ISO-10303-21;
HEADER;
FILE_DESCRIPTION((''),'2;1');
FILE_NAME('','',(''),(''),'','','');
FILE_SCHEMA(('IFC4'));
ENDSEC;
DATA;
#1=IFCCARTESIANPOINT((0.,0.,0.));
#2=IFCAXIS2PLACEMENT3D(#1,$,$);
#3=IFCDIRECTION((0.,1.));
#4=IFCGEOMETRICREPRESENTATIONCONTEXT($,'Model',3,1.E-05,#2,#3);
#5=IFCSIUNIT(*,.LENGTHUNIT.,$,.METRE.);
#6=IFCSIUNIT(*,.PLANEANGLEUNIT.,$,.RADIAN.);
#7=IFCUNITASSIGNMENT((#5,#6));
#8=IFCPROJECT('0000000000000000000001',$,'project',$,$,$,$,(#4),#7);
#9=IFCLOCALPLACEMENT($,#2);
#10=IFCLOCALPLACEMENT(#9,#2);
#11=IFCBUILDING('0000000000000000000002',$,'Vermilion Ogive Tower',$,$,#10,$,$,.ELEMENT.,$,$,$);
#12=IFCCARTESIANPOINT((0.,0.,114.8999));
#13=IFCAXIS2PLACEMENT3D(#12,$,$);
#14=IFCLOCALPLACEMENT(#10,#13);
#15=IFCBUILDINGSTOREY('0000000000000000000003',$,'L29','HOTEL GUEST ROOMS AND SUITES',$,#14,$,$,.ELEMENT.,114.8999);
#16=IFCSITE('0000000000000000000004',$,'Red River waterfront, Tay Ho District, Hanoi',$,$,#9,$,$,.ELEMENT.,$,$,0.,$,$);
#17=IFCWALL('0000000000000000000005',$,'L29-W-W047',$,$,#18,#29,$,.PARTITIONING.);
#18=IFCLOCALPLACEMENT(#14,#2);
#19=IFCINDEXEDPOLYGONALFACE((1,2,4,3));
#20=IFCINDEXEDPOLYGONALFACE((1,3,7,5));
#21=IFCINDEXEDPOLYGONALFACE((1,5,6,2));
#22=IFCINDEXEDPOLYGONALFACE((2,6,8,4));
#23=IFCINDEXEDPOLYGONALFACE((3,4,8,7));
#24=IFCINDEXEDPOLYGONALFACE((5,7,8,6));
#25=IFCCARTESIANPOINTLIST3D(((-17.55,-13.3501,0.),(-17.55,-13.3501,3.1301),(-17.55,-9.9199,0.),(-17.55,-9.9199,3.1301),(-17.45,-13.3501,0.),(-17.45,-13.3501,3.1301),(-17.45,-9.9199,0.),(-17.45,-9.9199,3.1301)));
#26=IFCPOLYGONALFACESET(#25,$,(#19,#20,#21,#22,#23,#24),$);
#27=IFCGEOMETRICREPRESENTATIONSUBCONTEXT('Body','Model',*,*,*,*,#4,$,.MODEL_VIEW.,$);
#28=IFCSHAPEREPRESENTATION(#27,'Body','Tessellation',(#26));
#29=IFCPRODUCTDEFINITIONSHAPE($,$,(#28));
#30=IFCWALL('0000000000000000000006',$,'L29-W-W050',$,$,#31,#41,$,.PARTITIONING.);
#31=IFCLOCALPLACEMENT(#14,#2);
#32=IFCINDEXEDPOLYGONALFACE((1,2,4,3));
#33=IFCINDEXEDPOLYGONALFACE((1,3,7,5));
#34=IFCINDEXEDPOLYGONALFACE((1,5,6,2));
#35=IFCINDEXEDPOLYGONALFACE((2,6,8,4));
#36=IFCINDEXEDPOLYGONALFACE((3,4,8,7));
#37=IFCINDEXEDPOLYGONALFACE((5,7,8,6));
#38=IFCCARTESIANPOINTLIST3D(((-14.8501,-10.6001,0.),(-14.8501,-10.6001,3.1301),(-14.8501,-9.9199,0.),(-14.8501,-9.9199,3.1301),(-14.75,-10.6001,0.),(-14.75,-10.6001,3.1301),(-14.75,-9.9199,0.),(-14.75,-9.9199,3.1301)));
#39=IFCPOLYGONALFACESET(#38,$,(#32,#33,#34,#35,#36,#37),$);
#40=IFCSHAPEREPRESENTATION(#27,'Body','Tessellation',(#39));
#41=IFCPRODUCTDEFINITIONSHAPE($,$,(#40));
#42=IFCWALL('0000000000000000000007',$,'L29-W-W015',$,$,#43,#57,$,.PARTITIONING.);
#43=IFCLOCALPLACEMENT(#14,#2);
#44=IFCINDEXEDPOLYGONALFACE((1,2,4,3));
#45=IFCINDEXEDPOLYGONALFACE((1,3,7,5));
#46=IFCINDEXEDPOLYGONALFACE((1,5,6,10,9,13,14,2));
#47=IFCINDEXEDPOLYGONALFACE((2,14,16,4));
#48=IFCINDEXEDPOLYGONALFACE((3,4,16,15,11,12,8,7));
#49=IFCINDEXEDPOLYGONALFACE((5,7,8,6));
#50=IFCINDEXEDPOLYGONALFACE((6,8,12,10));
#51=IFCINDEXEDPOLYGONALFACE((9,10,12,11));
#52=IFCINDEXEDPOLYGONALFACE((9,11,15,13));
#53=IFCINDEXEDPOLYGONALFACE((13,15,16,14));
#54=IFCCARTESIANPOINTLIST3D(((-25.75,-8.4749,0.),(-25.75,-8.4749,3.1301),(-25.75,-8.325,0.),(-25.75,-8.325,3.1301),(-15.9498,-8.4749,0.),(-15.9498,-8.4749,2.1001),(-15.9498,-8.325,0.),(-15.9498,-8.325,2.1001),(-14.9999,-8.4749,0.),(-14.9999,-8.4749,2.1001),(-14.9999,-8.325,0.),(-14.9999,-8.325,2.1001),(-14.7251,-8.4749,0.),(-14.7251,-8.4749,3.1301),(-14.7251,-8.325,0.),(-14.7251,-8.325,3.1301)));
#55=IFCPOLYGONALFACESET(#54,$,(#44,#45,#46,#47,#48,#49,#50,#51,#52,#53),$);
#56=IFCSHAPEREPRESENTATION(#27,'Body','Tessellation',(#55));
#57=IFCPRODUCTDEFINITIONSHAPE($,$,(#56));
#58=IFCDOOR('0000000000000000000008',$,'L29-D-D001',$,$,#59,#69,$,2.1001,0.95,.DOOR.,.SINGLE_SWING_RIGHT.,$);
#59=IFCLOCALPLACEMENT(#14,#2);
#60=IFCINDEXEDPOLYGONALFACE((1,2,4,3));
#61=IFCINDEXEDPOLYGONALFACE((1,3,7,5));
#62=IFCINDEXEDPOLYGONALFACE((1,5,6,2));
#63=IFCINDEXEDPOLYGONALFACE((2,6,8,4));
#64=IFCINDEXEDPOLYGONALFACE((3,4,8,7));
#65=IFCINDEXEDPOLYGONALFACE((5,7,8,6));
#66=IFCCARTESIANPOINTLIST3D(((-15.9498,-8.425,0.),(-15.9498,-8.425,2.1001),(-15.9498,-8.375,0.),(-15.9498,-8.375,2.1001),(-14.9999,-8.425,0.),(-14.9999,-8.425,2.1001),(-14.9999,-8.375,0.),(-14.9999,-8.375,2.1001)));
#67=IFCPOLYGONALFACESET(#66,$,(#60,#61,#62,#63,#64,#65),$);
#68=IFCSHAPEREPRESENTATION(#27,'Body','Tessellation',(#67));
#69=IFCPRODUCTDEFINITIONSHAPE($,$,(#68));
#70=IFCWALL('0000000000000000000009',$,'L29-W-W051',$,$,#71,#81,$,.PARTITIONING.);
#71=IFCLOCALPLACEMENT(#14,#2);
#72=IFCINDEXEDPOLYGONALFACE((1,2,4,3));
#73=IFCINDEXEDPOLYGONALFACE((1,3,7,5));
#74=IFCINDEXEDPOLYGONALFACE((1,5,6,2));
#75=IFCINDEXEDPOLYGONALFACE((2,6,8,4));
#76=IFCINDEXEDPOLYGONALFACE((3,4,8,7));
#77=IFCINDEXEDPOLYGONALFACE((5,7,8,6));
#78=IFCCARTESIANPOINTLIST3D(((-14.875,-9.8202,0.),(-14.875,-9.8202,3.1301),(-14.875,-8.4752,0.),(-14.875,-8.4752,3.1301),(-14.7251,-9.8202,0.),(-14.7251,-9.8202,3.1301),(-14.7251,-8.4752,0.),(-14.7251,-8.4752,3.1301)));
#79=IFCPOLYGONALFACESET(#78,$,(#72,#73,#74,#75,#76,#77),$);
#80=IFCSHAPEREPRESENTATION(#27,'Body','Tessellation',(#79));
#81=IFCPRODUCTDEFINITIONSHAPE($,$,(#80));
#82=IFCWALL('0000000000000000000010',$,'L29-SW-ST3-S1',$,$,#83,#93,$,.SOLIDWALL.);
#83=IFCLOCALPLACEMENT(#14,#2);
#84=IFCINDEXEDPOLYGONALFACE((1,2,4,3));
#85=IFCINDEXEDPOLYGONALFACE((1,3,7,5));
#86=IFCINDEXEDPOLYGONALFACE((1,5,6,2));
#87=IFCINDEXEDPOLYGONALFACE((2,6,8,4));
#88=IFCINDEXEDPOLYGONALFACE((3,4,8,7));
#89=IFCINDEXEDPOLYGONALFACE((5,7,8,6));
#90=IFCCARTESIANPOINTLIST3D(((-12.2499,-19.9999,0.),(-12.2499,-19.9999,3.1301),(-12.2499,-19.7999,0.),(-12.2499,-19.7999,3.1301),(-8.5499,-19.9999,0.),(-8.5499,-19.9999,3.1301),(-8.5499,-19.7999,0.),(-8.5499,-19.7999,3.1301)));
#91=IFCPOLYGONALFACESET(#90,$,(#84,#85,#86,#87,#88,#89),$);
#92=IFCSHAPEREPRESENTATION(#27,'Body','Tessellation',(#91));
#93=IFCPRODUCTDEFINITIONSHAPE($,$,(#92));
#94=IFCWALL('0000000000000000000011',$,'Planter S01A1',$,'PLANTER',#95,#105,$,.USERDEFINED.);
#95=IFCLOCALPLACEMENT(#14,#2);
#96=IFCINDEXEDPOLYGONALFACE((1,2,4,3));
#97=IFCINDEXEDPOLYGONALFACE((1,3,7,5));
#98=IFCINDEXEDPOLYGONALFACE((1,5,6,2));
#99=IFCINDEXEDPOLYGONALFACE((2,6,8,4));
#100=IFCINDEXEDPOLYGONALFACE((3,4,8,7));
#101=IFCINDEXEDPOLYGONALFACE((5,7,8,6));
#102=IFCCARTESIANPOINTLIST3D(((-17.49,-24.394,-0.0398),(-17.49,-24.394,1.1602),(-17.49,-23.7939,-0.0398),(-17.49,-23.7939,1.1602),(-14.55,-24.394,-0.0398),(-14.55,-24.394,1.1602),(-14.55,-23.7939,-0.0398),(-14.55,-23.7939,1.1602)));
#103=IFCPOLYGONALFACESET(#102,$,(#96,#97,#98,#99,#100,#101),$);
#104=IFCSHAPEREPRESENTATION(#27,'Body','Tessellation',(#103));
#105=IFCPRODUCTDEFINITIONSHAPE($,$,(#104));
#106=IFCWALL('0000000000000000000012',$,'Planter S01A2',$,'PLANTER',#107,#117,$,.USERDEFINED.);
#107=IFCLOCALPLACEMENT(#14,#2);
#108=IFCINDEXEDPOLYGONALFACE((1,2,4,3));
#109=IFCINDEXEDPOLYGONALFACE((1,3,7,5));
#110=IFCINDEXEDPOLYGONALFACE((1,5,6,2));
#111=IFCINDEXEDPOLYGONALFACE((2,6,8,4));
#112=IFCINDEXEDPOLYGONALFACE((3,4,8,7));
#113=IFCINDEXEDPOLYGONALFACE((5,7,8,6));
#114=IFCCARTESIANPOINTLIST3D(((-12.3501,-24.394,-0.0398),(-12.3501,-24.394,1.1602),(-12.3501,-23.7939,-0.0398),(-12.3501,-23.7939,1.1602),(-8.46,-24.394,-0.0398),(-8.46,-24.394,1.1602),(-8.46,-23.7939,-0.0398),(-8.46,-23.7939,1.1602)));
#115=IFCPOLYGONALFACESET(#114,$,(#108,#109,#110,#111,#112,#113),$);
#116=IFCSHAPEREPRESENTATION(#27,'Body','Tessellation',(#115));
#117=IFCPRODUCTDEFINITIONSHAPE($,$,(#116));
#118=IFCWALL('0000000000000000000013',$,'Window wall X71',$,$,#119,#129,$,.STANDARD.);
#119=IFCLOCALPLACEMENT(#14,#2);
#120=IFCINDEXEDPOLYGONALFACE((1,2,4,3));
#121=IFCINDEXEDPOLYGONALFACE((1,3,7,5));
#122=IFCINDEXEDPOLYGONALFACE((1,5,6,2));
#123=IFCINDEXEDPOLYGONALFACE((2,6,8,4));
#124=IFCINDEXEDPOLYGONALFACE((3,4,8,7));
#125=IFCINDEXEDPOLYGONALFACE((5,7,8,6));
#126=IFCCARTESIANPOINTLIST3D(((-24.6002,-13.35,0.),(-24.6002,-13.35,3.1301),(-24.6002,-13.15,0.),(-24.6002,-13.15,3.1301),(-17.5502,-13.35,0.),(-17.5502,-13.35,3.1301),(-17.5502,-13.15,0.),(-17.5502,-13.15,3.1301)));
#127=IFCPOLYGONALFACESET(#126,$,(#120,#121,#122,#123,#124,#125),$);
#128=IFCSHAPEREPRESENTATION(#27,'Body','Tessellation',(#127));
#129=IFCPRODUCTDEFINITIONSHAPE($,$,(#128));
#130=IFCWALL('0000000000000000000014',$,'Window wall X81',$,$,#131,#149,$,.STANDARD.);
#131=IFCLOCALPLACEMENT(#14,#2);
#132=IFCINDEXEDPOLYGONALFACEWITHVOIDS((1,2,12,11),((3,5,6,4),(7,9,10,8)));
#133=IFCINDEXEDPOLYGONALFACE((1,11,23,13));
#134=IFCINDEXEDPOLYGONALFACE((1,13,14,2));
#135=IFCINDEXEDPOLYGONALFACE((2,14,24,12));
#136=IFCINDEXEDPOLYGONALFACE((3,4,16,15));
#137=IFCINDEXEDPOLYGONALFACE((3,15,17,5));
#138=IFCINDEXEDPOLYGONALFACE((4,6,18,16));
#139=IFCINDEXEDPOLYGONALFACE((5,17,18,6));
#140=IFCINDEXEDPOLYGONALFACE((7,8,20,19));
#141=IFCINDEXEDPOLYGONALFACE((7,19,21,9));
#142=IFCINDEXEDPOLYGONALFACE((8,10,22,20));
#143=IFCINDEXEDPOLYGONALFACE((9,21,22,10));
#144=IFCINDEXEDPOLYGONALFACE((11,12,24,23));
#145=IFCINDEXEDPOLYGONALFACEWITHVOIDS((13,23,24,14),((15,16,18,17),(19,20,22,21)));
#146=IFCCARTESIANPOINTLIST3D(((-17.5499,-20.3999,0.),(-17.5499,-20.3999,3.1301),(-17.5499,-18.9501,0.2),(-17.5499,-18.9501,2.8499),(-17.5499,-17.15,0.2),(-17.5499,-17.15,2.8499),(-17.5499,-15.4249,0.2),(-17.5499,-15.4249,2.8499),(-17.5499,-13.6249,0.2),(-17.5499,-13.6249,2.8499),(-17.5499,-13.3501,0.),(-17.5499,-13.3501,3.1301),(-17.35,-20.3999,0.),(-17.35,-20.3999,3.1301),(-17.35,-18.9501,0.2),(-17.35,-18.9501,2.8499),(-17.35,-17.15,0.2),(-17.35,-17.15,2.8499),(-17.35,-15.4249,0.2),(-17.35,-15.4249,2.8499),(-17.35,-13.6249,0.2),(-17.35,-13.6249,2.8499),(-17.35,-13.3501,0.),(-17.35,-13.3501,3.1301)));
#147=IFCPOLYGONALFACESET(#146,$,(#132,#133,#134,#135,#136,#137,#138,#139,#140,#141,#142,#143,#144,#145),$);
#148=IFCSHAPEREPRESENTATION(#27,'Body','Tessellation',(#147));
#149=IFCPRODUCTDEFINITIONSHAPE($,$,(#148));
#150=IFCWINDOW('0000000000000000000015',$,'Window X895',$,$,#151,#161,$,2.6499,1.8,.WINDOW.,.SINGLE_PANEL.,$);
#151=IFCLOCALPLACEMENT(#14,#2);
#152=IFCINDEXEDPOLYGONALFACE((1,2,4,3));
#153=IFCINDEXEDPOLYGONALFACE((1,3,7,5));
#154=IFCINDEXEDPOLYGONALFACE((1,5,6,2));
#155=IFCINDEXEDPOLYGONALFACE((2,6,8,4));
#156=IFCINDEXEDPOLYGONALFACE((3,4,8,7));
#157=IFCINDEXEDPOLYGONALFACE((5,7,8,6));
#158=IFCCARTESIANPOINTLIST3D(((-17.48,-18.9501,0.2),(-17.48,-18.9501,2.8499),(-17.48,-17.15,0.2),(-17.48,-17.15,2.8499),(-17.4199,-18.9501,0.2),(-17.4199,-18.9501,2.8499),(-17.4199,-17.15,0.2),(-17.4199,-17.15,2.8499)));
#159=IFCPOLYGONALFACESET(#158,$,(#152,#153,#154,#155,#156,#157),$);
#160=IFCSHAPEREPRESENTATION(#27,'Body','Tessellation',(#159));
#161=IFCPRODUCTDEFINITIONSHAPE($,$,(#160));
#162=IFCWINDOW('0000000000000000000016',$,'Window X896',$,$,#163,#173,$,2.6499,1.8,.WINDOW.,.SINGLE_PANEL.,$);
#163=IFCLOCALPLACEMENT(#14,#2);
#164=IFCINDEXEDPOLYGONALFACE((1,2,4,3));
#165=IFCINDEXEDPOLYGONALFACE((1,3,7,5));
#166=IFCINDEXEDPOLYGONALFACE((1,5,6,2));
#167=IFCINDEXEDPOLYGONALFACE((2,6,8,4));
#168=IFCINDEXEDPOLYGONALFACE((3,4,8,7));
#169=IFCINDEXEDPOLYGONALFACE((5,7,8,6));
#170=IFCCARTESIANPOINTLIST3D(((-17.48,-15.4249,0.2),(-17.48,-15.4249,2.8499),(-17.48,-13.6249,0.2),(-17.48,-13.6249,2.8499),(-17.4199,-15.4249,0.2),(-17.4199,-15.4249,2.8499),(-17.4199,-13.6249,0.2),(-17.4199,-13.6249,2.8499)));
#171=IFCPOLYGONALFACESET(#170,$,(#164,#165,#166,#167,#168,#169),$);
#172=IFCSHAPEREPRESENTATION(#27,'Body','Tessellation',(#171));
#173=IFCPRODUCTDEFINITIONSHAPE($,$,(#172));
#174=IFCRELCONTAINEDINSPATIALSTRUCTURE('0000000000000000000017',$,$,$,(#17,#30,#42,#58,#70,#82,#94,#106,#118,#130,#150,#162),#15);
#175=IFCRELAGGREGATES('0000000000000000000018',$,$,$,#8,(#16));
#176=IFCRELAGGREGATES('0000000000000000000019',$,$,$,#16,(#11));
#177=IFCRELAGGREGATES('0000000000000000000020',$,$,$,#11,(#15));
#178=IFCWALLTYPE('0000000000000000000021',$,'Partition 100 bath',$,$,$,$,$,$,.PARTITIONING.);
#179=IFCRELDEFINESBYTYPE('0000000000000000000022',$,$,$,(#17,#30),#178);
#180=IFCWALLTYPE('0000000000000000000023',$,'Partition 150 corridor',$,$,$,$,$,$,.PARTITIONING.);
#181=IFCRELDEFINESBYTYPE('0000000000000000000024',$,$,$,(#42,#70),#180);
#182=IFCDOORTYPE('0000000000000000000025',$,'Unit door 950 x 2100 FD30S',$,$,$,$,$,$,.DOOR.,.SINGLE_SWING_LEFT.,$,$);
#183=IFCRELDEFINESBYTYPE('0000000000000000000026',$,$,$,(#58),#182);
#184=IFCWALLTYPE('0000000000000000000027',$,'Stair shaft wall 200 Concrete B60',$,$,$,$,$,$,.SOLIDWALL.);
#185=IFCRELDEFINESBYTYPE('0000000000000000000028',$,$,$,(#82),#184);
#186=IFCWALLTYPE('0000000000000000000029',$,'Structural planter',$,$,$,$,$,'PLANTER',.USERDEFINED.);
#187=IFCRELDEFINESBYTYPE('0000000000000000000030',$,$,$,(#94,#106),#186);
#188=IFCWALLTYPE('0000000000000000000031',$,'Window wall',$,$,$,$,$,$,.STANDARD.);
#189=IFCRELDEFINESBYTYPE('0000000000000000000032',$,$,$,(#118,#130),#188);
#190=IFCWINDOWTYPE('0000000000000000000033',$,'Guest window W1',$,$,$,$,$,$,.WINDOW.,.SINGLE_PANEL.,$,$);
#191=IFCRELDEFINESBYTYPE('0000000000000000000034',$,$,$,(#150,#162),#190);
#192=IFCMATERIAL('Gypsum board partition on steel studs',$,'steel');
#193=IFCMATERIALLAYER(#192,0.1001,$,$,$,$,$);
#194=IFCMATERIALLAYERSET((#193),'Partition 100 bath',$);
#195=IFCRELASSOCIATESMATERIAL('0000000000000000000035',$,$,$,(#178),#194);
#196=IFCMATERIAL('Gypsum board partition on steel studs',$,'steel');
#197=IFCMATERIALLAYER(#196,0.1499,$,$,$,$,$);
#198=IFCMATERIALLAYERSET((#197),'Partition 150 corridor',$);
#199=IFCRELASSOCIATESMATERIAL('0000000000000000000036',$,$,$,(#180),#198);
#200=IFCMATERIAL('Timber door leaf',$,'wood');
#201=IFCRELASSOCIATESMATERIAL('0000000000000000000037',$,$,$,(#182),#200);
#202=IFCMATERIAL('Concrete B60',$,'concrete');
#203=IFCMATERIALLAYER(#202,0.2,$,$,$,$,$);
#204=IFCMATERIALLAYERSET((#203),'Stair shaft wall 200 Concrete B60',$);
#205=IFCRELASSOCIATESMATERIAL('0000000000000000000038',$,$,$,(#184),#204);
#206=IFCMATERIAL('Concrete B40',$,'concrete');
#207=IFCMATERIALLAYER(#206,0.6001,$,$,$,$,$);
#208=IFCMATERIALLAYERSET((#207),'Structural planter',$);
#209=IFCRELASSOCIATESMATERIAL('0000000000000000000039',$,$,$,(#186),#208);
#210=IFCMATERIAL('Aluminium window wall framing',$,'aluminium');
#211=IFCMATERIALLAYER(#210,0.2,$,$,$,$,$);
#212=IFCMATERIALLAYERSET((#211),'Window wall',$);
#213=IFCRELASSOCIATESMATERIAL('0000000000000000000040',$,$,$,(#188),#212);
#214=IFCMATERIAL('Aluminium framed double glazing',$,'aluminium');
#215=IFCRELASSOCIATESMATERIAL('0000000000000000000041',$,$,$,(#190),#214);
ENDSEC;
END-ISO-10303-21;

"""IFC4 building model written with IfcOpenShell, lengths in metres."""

from ifc_helpers import new_model, si_unit, direction, frame, frame_2d, origin, place, context, subcontext, project, spatial, rectangle, extrude, material, layer, layer_set, type_object, element, fill, save


model = new_model("IFC4")

# Units and contexts
model_context = context("Model", 3, precision=1e-05, world=origin(), true_north=direction((0.0, 1.0)))
body_context = subcontext(model_context, "Body", "Model", "MODEL_VIEW")
ifc_project = project(units=[si_unit("LENGTHUNIT", "METRE"), si_unit("PLANEANGLEUNIT", "RADIAN")], contexts=[model_context])

# Site, building, storey
site_placement = place(None, origin())
site = spatial("IfcSite", under=ifc_project, at=site_placement, Name="Red River waterfront, Tay Ho District, Hanoi", CompositionType="ELEMENT", RefElevation=0.0)
building_placement = place(site_placement, origin())
building = spatial("IfcBuilding", under=site, at=building_placement, Name="Vermilion Ogive Tower", CompositionType="ELEMENT")
storey_placement = place(building_placement, frame((0.0, 0.0, 114.8999)))
storey = spatial("IfcBuildingStorey", under=building, at=storey_placement, Name="L29", Description="HOTEL GUEST ROOMS AND SUITES", CompositionType="ELEMENT", Elevation=114.8999)

# Shared definitions
ifc_material_1 = material(Name="Gypsum board partition on steel studs", Category="steel")
ifc_layer_1 = layer(ifc_material_1, 0.1001)
ifc_layer_set_1 = layer_set([ifc_layer_1], Name="Partition 100 bath")
wall_type_1 = type_object("IfcWallType", Name="Partition 100 bath", PredefinedType="PARTITIONING", material=ifc_layer_set_1)

# Walls
wall_1_placement = place(storey_placement, frame((-17.5, -13.3501, 0.0), z_axis=(0.0, 0.0, 1.0), x_axis=(0.0, 1.0, 0.0)))
element("IfcWall", 1, at=wall_1_placement, inside=storey, type_object=wall_type_1, Name="L29-W-W047", PredefinedType="PARTITIONING", context=body_context, shape_type="SweptSolid", body=[
    extrude(rectangle(XDim=3.4302, YDim=0.1001, at=frame_2d((1.7151, 0.0))), origin(), (0.0, 0.0, 1.0), 3.1301),
])
wall_2_placement = place(storey_placement, frame((-14.8, -10.6001, 0.0), z_axis=(0.0, 0.0, 1.0), x_axis=(0.0, 1.0, 0.0)))
element("IfcWall", 2, at=wall_2_placement, inside=storey, type_object=wall_type_1, Name="L29-W-W050", PredefinedType="PARTITIONING", context=body_context, shape_type="SweptSolid", body=[
    extrude(rectangle(XDim=0.6802, YDim=0.1001, at=frame_2d((0.3401, 0.0))), origin(), (0.0, 0.0, 1.0), 3.1301),
])

# Wall, opening, door
ifc_material_2 = material(Name="Gypsum board partition on steel studs", Category="steel")
ifc_layer_2 = layer(ifc_material_2, 0.1499)
ifc_layer_set_2 = layer_set([ifc_layer_2], Name="Partition 150 corridor")
wall_type_2 = type_object("IfcWallType", Name="Partition 150 corridor", PredefinedType="PARTITIONING", material=ifc_layer_set_2)
wall_3_placement = place(storey_placement, frame((-25.75, -8.3999, 0.0), z_axis=(0.0, 0.0, 1.0), x_axis=(1.0, 0.0, 0.0)))
wall_3 = element("IfcWall", 3, at=wall_3_placement, inside=storey, type_object=wall_type_2, Name="L29-W-W015", PredefinedType="PARTITIONING", context=body_context, shape_type="SweptSolid", body=[
    extrude(rectangle(XDim=11.0249, YDim=0.1499, at=frame_2d((5.5125, 0.0))), origin(), (0.0, 0.0, 1.0), 3.1301),
])
opening_1_placement = place(wall_3_placement, frame((9.8, 0.0, 0.0)))
opening_1 = element("IfcOpeningElement", 4, at=opening_1_placement, cuts=wall_3, PredefinedType="OPENING", context=body_context, shape_type="SweptSolid", body=[
    extrude(rectangle(XDim=0.95, YDim=2.1001, at=frame_2d((0.4751, 1.05))), frame((0.0, 0.085, 0.0), z_axis=(0.0, -1.0, 0.0), x_axis=(1.0, 0.0, 0.0)), (0.0, 0.0, 1.0), 0.1699),
])
ifc_material_3 = material(Name="Timber door leaf", Category="wood")
door_type_1 = type_object("IfcDoorType", Name="Unit door 950 x 2100 FD30S", OperationType="SINGLE_SWING_LEFT", PredefinedType="DOOR", material=ifc_material_3)
door_1_placement = place(opening_1_placement, origin())
door_1 = element("IfcDoor", 5, at=door_1_placement, inside=storey, type_object=door_type_1, Name="L29-D-D001", OperationType="SINGLE_SWING_RIGHT", OverallHeight=2.1001, OverallWidth=0.95, PredefinedType="DOOR", context=body_context, shape_type="SweptSolid", body=[
    extrude(rectangle(XDim=0.95, YDim=2.1001, at=frame_2d((0.4751, 1.05))), frame((0.0, 0.0249, 0.0), z_axis=(0.0, -1.0, 0.0), x_axis=(1.0, 0.0, 0.0)), (0.0, 0.0, 1.0), 0.05),
])
fill(opening_1, door_1)

# Walls
wall_4_placement = place(storey_placement, frame((-14.8, -9.8201, 0.0), z_axis=(0.0, 0.0, 1.0), x_axis=(0.0, 1.0, 0.0)))
element("IfcWall", 6, at=wall_4_placement, inside=storey, type_object=wall_type_2, Name="L29-W-W051", PredefinedType="PARTITIONING", context=body_context, shape_type="SweptSolid", body=[
    extrude(rectangle(XDim=1.345, YDim=0.1499, at=frame_2d((0.6724, 0.0))), origin(), (0.0, 0.0, 1.0), 3.1301),
])
ifc_material_4 = material(Name="Concrete B60", Category="concrete")
ifc_layer_3 = layer(ifc_material_4, 0.2)
ifc_layer_set_3 = layer_set([ifc_layer_3], Name="Stair shaft wall 200 Concrete B60")
wall_type_3 = type_object("IfcWallType", Name="Stair shaft wall 200 Concrete B60", PredefinedType="SOLIDWALL", material=ifc_layer_set_3)
wall_5_placement = place(storey_placement, frame((-12.25, -19.8999, 0.0), z_axis=(0.0, 0.0, 1.0), x_axis=(1.0, 0.0, 0.0)))
element("IfcWall", 7, at=wall_5_placement, inside=storey, type_object=wall_type_3, Name="L29-SW-ST3-S1", PredefinedType="SOLIDWALL", context=body_context, shape_type="SweptSolid", body=[
    extrude(rectangle(XDim=3.7, YDim=0.2, at=frame_2d((1.8501, 0.0))), origin(), (0.0, 0.0, 1.0), 3.1301),
])
ifc_material_5 = material(Name="Concrete B40", Category="concrete")
ifc_layer_4 = layer(ifc_material_5, 0.6001)
ifc_layer_set_4 = layer_set([ifc_layer_4], Name="Structural planter")
wall_type_4 = type_object("IfcWallType", Name="Structural planter", ElementType="PLANTER", PredefinedType="USERDEFINED", material=ifc_layer_set_4)
wall_6_placement = place(storey_placement, frame((-17.49, -24.094, -0.0398), z_axis=(0.0, 0.0, 1.0), x_axis=(1.0, 0.0, 0.0)))
element("IfcWall", 8, at=wall_6_placement, inside=storey, type_object=wall_type_4, Name="Planter S01A1", ObjectType="PLANTER", PredefinedType="USERDEFINED", context=body_context, shape_type="SweptSolid", body=[
    extrude(rectangle(XDim=2.9399, YDim=0.6001, at=frame_2d((1.47, 0.0))), origin(), (0.0, 0.0, 1.0), 1.2),
])
wall_7_placement = place(storey_placement, frame((-12.3501, -24.094, -0.0398), z_axis=(0.0, 0.0, 1.0), x_axis=(1.0, 0.0, 0.0)))
element("IfcWall", 9, at=wall_7_placement, inside=storey, type_object=wall_type_4, Name="Planter S01A2", ObjectType="PLANTER", PredefinedType="USERDEFINED", context=body_context, shape_type="SweptSolid", body=[
    extrude(rectangle(XDim=3.8901, YDim=0.6001, at=frame_2d((1.9451, 0.0))), origin(), (0.0, 0.0, 1.0), 1.2),
])

# Shared definitions
ifc_material_6 = material(Name="Aluminium window wall framing", Category="aluminium")
ifc_layer_5 = layer(ifc_material_6, 0.2)
ifc_layer_set_5 = layer_set([ifc_layer_5], Name="Window wall")
wall_type_5 = type_object("IfcWallType", Name="Window wall", PredefinedType="STANDARD", material=ifc_layer_set_5)
ifc_material_7 = material(Name="Aluminium framed double glazing", Category="aluminium")
window_type = type_object("IfcWindowType", Name="Guest window W1", PartitioningType="SINGLE_PANEL", PredefinedType="WINDOW", material=ifc_material_7)

# Wall
wall_8_placement = place(storey_placement, frame((-24.6001, -13.25, 0.0), z_axis=(0.0, 0.0, 1.0), x_axis=(1.0, 0.0, 0.0)))
element("IfcWall", 10, at=wall_8_placement, inside=storey, type_object=wall_type_5, Name="Window wall X71", PredefinedType="STANDARD", context=body_context, shape_type="SweptSolid", body=[
    extrude(rectangle(XDim=7.05, YDim=0.2, at=frame_2d((3.5249, 0.0))), origin(), (0.0, 0.0, 1.0), 3.1301),
])

# Wall, openings, windows
wall_9_placement = place(storey_placement, frame((-17.45, -13.3501, 0.0), z_axis=(0.0, 0.0, 1.0), x_axis=(0.0, -1.0, 0.0)))
wall_9 = element("IfcWall", 11, at=wall_9_placement, inside=storey, type_object=wall_type_5, Name="Window wall X81", PredefinedType="STANDARD", context=body_context, shape_type="SweptSolid", body=[
    extrude(rectangle(XDim=7.0498, YDim=0.2, at=frame_2d((3.5249, 0.0))), origin(), (0.0, 0.0, 1.0), 3.1301),
])
opening_2_placement = place(wall_9_placement, frame((3.8, 0.0, 0.2)))
opening_2 = element("IfcOpeningElement", 12, at=opening_2_placement, cuts=wall_9, PredefinedType="OPENING", context=body_context, shape_type="SweptSolid", body=[
    extrude(rectangle(XDim=1.8, YDim=2.6499, at=frame_2d((0.8999, 1.325))), frame((0.0, 0.1099, 0.0), z_axis=(0.0, -1.0, 0.0), x_axis=(1.0, 0.0, 0.0)), (0.0, 0.0, 1.0), 0.22),
])
opening_3_placement = place(wall_9_placement, frame((0.2749, 0.0, 0.2)))
opening_3 = element("IfcOpeningElement", 13, at=opening_3_placement, cuts=wall_9, PredefinedType="OPENING", context=body_context, shape_type="SweptSolid", body=[
    extrude(rectangle(XDim=1.8, YDim=2.6499, at=frame_2d((0.8999, 1.325))), frame((0.0, 0.1099, 0.0), z_axis=(0.0, -1.0, 0.0), x_axis=(1.0, 0.0, 0.0)), (0.0, 0.0, 1.0), 0.22),
])
window_1_placement = place(opening_2_placement, origin())
window_1 = element("IfcWindow", 14, at=window_1_placement, inside=storey, type_object=window_type, Name="Window X895", OverallHeight=2.6499, OverallWidth=1.8, PartitioningType="SINGLE_PANEL", PredefinedType="WINDOW", context=body_context, shape_type="SweptSolid", body=[
    extrude(rectangle(XDim=1.8, YDim=2.6499, at=frame_2d((0.8999, 1.325))), frame((0.0, 0.03, 0.0), z_axis=(0.0, -1.0, 0.0), x_axis=(1.0, 0.0, 0.0)), (0.0, 0.0, 1.0), 0.0601),
])
fill(opening_2, window_1)
window_2_placement = place(opening_3_placement, origin())
window_2 = element("IfcWindow", 15, at=window_2_placement, inside=storey, type_object=window_type, Name="Window X896", OverallHeight=2.6499, OverallWidth=1.8, PartitioningType="SINGLE_PANEL", PredefinedType="WINDOW", context=body_context, shape_type="SweptSolid", body=[
    extrude(rectangle(XDim=1.8, YDim=2.6499, at=frame_2d((0.8999, 1.325))), frame((0.0, 0.03, 0.0), z_axis=(0.0, -1.0, 0.0), x_axis=(1.0, 0.0, 0.0)), (0.0, 0.0, 1.0), 0.0601),
])
fill(opening_3, window_2)

save(model, "model.ifc")
